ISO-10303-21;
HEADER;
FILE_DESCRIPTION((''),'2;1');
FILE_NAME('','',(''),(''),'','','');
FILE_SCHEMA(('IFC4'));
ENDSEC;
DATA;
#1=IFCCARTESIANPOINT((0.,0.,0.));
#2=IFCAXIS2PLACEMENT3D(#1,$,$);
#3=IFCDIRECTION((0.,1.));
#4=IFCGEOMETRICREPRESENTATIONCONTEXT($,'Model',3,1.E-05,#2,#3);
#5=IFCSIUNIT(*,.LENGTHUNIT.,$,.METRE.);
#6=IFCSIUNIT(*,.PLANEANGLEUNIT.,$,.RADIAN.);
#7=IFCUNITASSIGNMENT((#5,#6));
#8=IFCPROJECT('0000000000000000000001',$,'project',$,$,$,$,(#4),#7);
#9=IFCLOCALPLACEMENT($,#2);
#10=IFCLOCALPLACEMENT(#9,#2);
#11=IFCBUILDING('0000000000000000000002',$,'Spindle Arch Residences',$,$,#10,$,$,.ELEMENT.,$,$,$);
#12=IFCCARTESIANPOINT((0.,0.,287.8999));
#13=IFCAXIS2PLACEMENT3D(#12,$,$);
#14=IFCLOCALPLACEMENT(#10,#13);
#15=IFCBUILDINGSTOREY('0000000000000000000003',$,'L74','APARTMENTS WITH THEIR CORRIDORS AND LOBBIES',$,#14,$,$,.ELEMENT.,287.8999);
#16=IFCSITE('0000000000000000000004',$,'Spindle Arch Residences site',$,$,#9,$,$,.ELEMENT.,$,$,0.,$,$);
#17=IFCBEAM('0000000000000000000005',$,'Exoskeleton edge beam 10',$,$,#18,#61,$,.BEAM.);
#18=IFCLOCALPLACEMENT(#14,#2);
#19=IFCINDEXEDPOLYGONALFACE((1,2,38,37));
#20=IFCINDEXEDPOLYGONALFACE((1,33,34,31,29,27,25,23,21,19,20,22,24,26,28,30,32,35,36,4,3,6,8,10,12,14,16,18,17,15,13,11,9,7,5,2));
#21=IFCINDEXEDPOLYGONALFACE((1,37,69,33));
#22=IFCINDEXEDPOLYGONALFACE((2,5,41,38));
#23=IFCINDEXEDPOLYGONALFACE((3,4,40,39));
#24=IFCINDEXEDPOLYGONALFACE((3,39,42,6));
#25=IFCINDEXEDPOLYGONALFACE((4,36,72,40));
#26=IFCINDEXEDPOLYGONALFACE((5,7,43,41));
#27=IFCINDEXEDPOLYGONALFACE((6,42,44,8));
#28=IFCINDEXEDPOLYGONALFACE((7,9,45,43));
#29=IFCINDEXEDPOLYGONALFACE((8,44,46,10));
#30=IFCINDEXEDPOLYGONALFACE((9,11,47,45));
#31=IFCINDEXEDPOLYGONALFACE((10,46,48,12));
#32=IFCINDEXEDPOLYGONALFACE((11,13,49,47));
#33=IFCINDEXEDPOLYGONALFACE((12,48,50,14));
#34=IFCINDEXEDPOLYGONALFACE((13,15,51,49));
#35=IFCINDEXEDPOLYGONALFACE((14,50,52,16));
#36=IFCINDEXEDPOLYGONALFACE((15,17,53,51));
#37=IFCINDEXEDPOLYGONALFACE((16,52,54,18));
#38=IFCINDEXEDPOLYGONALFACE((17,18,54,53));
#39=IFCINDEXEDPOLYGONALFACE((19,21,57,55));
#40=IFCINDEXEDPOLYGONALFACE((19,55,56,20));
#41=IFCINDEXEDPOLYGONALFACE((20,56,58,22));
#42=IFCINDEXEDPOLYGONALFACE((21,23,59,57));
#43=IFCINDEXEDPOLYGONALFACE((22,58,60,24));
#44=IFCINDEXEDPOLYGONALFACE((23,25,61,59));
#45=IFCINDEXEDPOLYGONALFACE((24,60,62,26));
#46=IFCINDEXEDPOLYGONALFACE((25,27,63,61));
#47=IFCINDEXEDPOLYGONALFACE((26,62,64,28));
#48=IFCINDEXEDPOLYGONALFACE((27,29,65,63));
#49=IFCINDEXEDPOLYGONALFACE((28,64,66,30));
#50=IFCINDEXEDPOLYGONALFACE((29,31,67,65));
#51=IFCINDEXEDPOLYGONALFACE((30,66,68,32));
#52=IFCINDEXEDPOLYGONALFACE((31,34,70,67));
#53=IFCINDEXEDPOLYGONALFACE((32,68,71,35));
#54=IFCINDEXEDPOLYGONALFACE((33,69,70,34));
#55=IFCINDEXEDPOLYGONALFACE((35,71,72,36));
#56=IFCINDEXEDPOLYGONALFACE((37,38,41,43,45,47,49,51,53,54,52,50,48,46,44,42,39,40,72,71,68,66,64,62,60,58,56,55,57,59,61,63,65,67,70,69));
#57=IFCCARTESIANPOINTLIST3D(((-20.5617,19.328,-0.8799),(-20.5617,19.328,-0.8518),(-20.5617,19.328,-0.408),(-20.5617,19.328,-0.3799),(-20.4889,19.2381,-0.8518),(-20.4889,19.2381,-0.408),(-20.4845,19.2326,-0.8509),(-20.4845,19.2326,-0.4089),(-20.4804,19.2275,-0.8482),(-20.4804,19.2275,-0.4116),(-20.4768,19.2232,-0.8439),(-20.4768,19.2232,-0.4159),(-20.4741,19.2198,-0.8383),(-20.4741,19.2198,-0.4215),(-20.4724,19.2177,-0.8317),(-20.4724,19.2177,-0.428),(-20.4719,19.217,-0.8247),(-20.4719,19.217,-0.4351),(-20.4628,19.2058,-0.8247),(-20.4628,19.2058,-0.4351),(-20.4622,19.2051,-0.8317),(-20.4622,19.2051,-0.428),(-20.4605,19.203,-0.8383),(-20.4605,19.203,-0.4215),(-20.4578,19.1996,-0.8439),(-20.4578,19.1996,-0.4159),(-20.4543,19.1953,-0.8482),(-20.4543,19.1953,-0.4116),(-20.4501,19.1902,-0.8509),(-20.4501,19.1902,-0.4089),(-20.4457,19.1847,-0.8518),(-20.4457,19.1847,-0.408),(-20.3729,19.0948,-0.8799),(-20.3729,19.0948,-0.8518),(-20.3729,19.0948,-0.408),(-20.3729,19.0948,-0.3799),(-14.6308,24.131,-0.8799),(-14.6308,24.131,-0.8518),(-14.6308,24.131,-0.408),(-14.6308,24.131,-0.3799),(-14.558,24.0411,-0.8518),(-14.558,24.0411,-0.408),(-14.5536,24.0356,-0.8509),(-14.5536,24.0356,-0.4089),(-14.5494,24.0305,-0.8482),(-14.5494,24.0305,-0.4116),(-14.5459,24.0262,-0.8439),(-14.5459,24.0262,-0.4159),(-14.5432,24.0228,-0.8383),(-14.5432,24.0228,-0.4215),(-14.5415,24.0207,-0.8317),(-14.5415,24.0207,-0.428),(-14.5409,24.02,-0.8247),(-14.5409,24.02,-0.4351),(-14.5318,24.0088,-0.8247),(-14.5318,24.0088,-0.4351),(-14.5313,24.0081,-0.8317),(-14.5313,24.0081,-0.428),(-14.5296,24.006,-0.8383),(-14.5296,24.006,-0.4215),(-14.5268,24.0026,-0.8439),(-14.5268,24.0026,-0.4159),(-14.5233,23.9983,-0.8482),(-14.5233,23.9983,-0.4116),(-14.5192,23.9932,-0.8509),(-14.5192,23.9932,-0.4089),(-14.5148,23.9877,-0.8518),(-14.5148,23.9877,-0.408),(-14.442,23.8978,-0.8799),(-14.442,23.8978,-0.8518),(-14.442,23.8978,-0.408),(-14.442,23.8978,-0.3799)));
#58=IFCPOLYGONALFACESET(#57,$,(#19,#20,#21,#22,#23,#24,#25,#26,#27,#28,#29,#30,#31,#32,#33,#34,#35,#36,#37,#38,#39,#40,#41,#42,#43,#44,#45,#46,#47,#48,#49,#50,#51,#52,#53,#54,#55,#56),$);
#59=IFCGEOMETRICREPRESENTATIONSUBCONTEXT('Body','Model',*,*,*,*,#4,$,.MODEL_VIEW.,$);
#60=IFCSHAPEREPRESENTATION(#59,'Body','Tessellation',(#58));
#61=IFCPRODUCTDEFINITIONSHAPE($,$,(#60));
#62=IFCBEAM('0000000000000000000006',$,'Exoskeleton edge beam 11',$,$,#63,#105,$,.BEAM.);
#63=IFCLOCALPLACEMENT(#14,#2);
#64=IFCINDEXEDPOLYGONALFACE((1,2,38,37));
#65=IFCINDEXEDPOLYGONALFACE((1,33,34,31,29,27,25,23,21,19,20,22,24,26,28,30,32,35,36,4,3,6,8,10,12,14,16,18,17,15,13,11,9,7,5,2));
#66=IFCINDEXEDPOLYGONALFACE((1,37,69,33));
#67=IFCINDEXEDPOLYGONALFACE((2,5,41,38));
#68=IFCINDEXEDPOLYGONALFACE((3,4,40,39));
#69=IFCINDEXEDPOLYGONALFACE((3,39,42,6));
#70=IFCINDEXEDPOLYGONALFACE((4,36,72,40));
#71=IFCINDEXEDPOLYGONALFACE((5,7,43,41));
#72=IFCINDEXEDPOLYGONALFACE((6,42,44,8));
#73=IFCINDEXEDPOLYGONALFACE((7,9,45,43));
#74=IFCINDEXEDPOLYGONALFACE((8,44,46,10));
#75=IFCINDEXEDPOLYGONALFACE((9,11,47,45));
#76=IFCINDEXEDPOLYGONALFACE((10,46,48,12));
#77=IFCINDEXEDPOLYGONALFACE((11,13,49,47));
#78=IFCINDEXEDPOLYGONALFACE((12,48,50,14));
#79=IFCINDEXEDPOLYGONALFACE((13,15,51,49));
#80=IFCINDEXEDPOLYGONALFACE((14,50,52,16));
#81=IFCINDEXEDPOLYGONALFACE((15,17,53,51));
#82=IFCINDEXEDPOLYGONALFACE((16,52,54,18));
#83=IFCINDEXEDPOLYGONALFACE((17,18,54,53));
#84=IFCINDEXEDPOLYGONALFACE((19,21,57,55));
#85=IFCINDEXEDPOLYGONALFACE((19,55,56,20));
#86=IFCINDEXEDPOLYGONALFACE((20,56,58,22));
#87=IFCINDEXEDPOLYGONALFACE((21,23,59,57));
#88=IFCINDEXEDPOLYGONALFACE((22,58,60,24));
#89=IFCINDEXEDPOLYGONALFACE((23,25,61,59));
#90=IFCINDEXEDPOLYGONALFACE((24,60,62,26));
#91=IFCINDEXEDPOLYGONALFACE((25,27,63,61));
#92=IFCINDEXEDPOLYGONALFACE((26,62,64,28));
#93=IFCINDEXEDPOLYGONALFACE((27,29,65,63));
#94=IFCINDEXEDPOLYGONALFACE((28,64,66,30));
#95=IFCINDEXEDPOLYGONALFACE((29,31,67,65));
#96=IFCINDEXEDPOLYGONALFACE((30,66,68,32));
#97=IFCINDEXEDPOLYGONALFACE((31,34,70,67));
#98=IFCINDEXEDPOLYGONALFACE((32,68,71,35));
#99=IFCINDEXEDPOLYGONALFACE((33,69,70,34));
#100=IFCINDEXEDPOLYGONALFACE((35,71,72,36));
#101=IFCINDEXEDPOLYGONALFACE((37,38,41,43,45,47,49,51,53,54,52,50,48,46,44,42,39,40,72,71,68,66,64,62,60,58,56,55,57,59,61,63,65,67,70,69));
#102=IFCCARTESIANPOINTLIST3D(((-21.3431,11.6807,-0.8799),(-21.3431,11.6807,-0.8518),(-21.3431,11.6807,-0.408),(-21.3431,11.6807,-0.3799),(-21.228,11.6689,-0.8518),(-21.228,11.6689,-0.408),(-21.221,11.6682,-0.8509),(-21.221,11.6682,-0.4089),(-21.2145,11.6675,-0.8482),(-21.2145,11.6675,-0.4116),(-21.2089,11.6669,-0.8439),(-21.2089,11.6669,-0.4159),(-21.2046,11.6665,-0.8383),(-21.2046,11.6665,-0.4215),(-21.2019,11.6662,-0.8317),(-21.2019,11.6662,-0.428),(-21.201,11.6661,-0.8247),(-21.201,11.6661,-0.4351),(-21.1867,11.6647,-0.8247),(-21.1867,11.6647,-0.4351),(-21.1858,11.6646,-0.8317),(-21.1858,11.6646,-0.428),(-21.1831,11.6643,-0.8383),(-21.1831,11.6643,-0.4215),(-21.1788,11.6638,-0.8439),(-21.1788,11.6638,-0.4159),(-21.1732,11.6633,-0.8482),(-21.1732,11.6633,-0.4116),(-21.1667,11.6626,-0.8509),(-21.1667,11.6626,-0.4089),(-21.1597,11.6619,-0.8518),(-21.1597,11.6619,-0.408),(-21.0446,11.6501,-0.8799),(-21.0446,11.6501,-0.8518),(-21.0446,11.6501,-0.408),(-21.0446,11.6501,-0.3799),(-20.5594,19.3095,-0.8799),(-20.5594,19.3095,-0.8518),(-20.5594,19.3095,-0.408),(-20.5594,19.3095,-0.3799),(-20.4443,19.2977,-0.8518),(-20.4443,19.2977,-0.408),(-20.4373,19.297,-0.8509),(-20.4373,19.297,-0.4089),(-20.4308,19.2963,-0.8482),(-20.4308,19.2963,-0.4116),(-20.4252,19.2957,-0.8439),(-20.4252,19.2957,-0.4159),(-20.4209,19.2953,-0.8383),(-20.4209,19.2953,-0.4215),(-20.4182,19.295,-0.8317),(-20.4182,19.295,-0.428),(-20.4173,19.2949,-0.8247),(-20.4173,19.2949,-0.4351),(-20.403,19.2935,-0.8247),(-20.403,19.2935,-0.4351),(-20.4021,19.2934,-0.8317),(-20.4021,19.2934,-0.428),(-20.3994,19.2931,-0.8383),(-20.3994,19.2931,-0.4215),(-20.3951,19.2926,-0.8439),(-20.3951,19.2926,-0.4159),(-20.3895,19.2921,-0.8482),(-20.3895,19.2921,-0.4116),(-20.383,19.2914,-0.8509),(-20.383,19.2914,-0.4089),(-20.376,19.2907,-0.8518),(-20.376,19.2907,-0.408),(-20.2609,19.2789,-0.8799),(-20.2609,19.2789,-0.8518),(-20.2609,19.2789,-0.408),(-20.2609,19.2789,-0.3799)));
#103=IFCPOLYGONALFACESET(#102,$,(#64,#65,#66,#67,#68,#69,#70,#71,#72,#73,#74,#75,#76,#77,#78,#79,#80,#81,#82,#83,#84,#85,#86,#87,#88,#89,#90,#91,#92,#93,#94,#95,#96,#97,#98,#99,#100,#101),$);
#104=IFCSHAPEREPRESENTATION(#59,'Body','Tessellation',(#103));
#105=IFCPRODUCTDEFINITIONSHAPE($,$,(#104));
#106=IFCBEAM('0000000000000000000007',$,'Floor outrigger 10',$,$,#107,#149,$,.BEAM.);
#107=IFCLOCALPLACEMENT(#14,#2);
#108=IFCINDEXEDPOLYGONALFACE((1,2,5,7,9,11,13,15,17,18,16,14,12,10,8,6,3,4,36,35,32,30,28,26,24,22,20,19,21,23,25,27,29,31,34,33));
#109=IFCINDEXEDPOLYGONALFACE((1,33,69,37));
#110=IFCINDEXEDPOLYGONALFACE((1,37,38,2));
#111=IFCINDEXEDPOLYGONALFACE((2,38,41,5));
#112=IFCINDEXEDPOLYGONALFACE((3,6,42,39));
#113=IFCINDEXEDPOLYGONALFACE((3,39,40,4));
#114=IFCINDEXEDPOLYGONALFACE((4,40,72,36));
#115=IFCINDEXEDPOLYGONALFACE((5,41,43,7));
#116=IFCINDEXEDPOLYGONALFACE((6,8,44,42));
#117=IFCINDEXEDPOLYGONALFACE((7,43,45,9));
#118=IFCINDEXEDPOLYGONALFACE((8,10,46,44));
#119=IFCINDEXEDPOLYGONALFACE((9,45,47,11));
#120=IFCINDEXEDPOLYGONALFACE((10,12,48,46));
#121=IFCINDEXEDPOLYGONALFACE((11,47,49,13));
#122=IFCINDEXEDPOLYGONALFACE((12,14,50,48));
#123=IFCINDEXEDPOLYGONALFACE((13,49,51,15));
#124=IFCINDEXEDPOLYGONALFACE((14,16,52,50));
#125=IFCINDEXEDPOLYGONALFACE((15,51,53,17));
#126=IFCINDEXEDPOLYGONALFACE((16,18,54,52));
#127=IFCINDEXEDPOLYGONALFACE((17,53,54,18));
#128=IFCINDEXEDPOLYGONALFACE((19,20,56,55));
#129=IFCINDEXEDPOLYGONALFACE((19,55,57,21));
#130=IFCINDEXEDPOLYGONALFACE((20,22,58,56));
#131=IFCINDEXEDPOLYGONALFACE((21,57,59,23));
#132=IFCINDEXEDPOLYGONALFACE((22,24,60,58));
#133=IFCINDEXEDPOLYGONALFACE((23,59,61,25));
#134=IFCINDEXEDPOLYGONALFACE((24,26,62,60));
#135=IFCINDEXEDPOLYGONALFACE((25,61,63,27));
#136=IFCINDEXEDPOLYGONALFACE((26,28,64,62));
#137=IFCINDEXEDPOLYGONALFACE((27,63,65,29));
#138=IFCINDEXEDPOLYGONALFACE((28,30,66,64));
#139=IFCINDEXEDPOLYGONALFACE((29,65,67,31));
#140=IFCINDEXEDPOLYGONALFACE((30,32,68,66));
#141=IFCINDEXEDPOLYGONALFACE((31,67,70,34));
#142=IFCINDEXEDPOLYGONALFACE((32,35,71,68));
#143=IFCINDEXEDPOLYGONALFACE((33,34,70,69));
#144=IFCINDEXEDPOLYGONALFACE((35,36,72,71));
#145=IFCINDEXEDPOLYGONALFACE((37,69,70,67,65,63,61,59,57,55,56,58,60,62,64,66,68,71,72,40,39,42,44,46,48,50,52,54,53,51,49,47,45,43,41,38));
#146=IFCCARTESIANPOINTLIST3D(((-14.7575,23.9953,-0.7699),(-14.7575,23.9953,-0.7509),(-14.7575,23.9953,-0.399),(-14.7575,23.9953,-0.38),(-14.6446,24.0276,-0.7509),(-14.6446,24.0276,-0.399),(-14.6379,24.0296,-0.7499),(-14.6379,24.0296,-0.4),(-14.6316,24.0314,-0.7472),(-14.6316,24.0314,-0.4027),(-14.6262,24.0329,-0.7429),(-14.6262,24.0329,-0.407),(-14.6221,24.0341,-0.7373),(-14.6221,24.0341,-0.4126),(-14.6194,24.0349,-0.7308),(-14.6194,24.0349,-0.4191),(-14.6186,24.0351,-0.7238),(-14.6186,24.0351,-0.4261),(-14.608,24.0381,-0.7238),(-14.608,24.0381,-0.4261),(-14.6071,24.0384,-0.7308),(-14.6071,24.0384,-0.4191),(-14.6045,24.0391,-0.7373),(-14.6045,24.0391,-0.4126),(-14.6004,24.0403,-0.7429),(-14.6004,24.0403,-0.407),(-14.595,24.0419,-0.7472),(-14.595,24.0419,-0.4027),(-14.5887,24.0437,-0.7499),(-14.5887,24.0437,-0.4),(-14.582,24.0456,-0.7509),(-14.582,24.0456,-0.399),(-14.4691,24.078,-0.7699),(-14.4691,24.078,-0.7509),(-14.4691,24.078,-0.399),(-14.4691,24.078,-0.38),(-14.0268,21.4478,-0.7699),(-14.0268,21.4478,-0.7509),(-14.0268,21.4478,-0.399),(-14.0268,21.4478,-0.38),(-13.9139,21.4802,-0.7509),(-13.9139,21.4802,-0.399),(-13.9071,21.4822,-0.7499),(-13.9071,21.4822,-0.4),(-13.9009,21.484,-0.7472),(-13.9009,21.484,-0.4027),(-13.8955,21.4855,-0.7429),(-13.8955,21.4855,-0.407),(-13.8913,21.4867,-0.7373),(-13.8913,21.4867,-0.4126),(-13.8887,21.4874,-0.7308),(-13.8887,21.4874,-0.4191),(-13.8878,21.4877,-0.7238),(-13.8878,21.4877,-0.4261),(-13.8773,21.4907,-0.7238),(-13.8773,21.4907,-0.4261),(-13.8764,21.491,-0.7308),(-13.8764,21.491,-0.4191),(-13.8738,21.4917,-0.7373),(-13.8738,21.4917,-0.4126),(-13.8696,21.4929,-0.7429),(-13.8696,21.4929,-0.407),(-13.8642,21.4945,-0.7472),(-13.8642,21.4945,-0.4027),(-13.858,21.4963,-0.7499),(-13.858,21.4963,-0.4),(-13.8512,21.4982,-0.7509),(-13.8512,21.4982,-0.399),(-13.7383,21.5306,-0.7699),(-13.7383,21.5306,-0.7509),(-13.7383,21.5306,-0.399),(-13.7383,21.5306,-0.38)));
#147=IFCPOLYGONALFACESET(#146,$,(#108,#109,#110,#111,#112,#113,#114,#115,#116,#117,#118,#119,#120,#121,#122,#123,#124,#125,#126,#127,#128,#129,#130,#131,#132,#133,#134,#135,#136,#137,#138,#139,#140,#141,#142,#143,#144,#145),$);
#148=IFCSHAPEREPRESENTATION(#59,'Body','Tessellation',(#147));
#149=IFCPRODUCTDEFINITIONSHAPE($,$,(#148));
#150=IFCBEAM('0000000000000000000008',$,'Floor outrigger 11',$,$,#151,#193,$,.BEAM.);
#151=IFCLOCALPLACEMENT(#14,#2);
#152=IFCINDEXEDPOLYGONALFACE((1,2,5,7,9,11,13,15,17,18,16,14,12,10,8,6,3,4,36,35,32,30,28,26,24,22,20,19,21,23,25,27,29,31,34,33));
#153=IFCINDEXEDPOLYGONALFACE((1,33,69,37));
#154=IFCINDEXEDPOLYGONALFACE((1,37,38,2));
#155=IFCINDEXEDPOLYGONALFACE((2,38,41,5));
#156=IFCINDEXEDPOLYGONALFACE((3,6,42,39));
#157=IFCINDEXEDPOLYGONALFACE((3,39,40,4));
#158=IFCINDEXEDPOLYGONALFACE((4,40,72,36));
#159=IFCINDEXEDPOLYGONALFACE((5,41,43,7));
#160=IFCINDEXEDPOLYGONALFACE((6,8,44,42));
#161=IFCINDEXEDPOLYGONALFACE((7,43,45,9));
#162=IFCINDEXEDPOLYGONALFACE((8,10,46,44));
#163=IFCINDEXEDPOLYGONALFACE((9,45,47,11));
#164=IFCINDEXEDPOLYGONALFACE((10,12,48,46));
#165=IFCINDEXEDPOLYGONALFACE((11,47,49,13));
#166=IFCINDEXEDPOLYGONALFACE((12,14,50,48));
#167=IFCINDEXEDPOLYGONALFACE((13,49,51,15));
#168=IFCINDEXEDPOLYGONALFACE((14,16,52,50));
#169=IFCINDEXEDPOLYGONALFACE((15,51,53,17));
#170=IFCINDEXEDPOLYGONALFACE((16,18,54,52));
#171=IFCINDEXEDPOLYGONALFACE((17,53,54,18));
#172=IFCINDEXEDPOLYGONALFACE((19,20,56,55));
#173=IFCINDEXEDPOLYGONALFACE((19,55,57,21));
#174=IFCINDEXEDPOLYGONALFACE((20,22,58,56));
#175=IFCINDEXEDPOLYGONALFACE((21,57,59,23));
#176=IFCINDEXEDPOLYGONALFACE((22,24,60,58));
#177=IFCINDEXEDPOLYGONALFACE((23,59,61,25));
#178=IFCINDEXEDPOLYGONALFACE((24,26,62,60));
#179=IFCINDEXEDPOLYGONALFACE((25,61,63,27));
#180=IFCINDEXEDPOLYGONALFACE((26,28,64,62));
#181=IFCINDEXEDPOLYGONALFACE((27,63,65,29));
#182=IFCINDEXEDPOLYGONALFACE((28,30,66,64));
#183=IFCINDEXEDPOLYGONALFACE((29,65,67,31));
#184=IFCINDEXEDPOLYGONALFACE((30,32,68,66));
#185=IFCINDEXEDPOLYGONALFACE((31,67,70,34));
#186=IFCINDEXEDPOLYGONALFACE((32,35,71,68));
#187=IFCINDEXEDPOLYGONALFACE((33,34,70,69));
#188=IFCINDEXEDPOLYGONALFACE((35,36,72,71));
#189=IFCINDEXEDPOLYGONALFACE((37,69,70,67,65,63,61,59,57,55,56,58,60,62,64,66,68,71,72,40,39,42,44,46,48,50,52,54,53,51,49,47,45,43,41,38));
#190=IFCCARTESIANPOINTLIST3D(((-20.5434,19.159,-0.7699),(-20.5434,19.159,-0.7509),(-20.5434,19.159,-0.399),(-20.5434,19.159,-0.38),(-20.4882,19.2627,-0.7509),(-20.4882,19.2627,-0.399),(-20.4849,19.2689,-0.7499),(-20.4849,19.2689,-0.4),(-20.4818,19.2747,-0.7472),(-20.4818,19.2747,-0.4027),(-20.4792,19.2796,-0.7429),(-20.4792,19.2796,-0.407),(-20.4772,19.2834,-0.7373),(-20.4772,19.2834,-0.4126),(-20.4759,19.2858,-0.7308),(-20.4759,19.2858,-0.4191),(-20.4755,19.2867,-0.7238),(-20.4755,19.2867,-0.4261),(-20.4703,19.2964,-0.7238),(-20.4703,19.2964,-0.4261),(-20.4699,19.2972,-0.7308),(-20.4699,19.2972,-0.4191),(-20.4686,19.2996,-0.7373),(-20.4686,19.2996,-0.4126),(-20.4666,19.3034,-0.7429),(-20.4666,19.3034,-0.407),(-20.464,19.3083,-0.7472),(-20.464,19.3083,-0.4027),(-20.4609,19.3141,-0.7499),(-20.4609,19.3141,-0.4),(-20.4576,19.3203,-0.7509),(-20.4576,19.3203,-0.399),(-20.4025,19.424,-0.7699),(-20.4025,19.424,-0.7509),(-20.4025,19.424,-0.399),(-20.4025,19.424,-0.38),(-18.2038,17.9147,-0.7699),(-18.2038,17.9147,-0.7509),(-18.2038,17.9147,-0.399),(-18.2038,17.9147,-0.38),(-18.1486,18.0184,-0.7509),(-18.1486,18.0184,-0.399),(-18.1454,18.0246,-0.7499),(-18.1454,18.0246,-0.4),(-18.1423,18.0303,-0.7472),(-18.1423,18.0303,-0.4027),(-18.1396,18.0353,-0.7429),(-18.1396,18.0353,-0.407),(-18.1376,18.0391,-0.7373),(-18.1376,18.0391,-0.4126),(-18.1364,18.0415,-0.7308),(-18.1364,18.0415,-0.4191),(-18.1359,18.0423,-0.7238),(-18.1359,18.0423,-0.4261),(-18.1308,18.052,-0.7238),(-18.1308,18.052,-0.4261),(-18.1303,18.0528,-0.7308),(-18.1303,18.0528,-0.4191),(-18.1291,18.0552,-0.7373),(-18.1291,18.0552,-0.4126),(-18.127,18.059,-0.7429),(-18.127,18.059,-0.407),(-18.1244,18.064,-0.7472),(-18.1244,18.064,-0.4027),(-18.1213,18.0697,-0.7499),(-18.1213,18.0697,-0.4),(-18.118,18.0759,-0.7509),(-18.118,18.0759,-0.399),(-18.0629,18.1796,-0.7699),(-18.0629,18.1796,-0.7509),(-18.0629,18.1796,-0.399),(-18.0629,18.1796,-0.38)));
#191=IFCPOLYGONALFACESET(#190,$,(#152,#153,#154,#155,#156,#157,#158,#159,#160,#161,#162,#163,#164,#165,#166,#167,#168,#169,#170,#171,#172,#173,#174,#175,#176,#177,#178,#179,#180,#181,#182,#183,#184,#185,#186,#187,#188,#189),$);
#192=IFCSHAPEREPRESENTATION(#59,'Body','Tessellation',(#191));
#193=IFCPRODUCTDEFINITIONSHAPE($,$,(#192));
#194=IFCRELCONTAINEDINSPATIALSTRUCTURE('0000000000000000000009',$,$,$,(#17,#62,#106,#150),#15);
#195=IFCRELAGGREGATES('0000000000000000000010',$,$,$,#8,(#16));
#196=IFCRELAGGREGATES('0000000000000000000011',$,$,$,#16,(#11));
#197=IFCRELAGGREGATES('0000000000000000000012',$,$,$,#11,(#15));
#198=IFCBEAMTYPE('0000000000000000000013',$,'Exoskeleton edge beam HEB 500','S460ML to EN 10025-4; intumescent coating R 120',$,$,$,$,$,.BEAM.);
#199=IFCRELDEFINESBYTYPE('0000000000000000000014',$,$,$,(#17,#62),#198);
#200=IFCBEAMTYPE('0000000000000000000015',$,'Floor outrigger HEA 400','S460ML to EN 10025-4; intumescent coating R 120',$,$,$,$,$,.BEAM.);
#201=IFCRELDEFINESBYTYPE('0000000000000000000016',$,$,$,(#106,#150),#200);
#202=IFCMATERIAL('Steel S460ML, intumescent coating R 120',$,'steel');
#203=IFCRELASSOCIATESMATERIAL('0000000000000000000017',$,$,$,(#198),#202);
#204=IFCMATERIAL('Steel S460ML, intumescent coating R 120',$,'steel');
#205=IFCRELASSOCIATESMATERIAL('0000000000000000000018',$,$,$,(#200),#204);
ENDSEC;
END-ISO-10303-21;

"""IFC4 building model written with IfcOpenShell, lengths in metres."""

from ifc_helpers import new_model, si_unit, direction, frame, origin, origin_2d, place, context, subcontext, project, spatial, i_section, extrude, material, material_profile, profile_set, type_object, element, save


model = new_model("IFC4")

# Units and contexts
model_context = context("Model", 3, precision=1e-05, world=origin(), true_north=direction((0.0, 1.0)))
body_context = subcontext(model_context, "Body", "Model", "MODEL_VIEW")
ifc_project = project(units=[si_unit("LENGTHUNIT", "METRE"), si_unit("PLANEANGLEUNIT", "RADIAN")], contexts=[model_context])

# Site, building, storey
site_placement = place(None, origin())
site = spatial("IfcSite", under=ifc_project, at=site_placement, Name="Spindle Arch Residences site", CompositionType="ELEMENT", RefElevation=0.0)
building_placement = place(site_placement, origin())
building = spatial("IfcBuilding", under=site, at=building_placement, Name="Spindle Arch Residences", CompositionType="ELEMENT")
storey_placement = place(building_placement, frame((0.0, 0.0, 287.8999)))
storey = spatial("IfcBuildingStorey", under=building, at=storey_placement, Name="L74", Description="APARTMENTS WITH THEIR CORRIDORS AND LOBBIES", CompositionType="ELEMENT", Elevation=287.8999)

# Beams
ifc_material_1 = material(Name="Steel S460ML, intumescent coating R 120", Category="steel")
ifc_material_profile_1 = material_profile(ifc_material_1, i_section(OverallWidth=0.3, OverallDepth=0.5, WebThickness=0.0144, FlangeThickness=0.0281, FilletRadius=0.0271, at=origin_2d()), Name="HEB 500")
ifc_profile_set_1 = profile_set([ifc_material_profile_1], Name="Steel S460ML, intumescent coating R 120")
beam_type_1 = type_object("IfcBeamType", Name="Exoskeleton edge beam HEB 500", Description="S460ML to EN 10025-4; intumescent coating R 120", PredefinedType="BEAM", material=ifc_profile_set_1)
beam_1_placement = place(storey_placement, frame((-14.5364, 24.0144, -0.6299), z_axis=(-0.777132, -0.629338, 0.0), x_axis=(0.629338, -0.777132, 0.0)))
element("IfcBeam", 1, at=beam_1_placement, inside=storey, type_object=beam_type_1, Name="Exoskeleton edge beam 10", PredefinedType="BEAM", context=body_context, shape_type="SweptSolid", body=[
    extrude(i_section(OverallWidth=0.3, OverallDepth=0.5, WebThickness=0.0144, FlangeThickness=0.0281, FilletRadius=0.0271, at=origin_2d()), origin(), (0.0, 0.0, 1.0), 7.6318),
])
beam_2_placement = place(storey_placement, frame((-20.4102, 19.2942, -0.6299), z_axis=(-0.102189, -0.994765, 0.0), x_axis=(0.994765, -0.102189, 0.0)))
element("IfcBeam", 2, at=beam_2_placement, inside=storey, type_object=beam_type_1, Name="Exoskeleton edge beam 11", PredefinedType="BEAM", context=body_context, shape_type="SweptSolid", body=[
    extrude(i_section(OverallWidth=0.3, OverallDepth=0.5, WebThickness=0.0144, FlangeThickness=0.0281, FilletRadius=0.0271, at=origin_2d()), origin(), (0.0, 0.0, 1.0), 7.6689),
])
ifc_material_2 = material(Name="Steel S460ML, intumescent coating R 120", Category="steel")
ifc_material_profile_2 = material_profile(ifc_material_2, i_section(OverallWidth=0.3, OverallDepth=0.3899, WebThickness=0.011, FlangeThickness=0.019, FilletRadius=0.0271, at=origin_2d()), Name="HEA 400")
ifc_profile_set_2 = profile_set([ifc_material_profile_2], Name="Steel S460ML, intumescent coating R 120")
beam_type_2 = type_object("IfcBeamType", Name="Floor outrigger HEA 400", Description="S460ML to EN 10025-4; intumescent coating R 120", PredefinedType="BEAM", material=ifc_profile_set_2)
beam_3_placement = place(storey_placement, frame((-14.6133, 24.0366, -0.575), z_axis=(0.275731, -0.961235, 0.0), x_axis=(0.961235, 0.275731, 0.0)))
element("IfcBeam", 3, at=beam_3_placement, inside=storey, type_object=beam_type_2, Name="Floor outrigger 10", PredefinedType="BEAM", context=body_context, shape_type="SweptSolid", body=[
    extrude(i_section(OverallWidth=0.3, OverallDepth=0.3899, WebThickness=0.011, FlangeThickness=0.019, FilletRadius=0.0271, at=origin_2d()), origin(), (0.0, 0.0, 1.0), 2.6501),
])
beam_4_placement = place(storey_placement, frame((-20.4729, 19.2915, -0.575), z_axis=(0.882885, -0.469589, 0.0), x_axis=(0.469589, 0.882885, 0.0)))
element("IfcBeam", 4, at=beam_4_placement, inside=storey, type_object=beam_type_2, Name="Floor outrigger 11", PredefinedType="BEAM", context=body_context, shape_type="SweptSolid", body=[
    extrude(i_section(OverallWidth=0.3, OverallDepth=0.3899, WebThickness=0.011, FlangeThickness=0.019, FilletRadius=0.0271, at=origin_2d()), origin(), (0.0, 0.0, 1.0), 2.6499),
])

save(model, "model.ifc")
